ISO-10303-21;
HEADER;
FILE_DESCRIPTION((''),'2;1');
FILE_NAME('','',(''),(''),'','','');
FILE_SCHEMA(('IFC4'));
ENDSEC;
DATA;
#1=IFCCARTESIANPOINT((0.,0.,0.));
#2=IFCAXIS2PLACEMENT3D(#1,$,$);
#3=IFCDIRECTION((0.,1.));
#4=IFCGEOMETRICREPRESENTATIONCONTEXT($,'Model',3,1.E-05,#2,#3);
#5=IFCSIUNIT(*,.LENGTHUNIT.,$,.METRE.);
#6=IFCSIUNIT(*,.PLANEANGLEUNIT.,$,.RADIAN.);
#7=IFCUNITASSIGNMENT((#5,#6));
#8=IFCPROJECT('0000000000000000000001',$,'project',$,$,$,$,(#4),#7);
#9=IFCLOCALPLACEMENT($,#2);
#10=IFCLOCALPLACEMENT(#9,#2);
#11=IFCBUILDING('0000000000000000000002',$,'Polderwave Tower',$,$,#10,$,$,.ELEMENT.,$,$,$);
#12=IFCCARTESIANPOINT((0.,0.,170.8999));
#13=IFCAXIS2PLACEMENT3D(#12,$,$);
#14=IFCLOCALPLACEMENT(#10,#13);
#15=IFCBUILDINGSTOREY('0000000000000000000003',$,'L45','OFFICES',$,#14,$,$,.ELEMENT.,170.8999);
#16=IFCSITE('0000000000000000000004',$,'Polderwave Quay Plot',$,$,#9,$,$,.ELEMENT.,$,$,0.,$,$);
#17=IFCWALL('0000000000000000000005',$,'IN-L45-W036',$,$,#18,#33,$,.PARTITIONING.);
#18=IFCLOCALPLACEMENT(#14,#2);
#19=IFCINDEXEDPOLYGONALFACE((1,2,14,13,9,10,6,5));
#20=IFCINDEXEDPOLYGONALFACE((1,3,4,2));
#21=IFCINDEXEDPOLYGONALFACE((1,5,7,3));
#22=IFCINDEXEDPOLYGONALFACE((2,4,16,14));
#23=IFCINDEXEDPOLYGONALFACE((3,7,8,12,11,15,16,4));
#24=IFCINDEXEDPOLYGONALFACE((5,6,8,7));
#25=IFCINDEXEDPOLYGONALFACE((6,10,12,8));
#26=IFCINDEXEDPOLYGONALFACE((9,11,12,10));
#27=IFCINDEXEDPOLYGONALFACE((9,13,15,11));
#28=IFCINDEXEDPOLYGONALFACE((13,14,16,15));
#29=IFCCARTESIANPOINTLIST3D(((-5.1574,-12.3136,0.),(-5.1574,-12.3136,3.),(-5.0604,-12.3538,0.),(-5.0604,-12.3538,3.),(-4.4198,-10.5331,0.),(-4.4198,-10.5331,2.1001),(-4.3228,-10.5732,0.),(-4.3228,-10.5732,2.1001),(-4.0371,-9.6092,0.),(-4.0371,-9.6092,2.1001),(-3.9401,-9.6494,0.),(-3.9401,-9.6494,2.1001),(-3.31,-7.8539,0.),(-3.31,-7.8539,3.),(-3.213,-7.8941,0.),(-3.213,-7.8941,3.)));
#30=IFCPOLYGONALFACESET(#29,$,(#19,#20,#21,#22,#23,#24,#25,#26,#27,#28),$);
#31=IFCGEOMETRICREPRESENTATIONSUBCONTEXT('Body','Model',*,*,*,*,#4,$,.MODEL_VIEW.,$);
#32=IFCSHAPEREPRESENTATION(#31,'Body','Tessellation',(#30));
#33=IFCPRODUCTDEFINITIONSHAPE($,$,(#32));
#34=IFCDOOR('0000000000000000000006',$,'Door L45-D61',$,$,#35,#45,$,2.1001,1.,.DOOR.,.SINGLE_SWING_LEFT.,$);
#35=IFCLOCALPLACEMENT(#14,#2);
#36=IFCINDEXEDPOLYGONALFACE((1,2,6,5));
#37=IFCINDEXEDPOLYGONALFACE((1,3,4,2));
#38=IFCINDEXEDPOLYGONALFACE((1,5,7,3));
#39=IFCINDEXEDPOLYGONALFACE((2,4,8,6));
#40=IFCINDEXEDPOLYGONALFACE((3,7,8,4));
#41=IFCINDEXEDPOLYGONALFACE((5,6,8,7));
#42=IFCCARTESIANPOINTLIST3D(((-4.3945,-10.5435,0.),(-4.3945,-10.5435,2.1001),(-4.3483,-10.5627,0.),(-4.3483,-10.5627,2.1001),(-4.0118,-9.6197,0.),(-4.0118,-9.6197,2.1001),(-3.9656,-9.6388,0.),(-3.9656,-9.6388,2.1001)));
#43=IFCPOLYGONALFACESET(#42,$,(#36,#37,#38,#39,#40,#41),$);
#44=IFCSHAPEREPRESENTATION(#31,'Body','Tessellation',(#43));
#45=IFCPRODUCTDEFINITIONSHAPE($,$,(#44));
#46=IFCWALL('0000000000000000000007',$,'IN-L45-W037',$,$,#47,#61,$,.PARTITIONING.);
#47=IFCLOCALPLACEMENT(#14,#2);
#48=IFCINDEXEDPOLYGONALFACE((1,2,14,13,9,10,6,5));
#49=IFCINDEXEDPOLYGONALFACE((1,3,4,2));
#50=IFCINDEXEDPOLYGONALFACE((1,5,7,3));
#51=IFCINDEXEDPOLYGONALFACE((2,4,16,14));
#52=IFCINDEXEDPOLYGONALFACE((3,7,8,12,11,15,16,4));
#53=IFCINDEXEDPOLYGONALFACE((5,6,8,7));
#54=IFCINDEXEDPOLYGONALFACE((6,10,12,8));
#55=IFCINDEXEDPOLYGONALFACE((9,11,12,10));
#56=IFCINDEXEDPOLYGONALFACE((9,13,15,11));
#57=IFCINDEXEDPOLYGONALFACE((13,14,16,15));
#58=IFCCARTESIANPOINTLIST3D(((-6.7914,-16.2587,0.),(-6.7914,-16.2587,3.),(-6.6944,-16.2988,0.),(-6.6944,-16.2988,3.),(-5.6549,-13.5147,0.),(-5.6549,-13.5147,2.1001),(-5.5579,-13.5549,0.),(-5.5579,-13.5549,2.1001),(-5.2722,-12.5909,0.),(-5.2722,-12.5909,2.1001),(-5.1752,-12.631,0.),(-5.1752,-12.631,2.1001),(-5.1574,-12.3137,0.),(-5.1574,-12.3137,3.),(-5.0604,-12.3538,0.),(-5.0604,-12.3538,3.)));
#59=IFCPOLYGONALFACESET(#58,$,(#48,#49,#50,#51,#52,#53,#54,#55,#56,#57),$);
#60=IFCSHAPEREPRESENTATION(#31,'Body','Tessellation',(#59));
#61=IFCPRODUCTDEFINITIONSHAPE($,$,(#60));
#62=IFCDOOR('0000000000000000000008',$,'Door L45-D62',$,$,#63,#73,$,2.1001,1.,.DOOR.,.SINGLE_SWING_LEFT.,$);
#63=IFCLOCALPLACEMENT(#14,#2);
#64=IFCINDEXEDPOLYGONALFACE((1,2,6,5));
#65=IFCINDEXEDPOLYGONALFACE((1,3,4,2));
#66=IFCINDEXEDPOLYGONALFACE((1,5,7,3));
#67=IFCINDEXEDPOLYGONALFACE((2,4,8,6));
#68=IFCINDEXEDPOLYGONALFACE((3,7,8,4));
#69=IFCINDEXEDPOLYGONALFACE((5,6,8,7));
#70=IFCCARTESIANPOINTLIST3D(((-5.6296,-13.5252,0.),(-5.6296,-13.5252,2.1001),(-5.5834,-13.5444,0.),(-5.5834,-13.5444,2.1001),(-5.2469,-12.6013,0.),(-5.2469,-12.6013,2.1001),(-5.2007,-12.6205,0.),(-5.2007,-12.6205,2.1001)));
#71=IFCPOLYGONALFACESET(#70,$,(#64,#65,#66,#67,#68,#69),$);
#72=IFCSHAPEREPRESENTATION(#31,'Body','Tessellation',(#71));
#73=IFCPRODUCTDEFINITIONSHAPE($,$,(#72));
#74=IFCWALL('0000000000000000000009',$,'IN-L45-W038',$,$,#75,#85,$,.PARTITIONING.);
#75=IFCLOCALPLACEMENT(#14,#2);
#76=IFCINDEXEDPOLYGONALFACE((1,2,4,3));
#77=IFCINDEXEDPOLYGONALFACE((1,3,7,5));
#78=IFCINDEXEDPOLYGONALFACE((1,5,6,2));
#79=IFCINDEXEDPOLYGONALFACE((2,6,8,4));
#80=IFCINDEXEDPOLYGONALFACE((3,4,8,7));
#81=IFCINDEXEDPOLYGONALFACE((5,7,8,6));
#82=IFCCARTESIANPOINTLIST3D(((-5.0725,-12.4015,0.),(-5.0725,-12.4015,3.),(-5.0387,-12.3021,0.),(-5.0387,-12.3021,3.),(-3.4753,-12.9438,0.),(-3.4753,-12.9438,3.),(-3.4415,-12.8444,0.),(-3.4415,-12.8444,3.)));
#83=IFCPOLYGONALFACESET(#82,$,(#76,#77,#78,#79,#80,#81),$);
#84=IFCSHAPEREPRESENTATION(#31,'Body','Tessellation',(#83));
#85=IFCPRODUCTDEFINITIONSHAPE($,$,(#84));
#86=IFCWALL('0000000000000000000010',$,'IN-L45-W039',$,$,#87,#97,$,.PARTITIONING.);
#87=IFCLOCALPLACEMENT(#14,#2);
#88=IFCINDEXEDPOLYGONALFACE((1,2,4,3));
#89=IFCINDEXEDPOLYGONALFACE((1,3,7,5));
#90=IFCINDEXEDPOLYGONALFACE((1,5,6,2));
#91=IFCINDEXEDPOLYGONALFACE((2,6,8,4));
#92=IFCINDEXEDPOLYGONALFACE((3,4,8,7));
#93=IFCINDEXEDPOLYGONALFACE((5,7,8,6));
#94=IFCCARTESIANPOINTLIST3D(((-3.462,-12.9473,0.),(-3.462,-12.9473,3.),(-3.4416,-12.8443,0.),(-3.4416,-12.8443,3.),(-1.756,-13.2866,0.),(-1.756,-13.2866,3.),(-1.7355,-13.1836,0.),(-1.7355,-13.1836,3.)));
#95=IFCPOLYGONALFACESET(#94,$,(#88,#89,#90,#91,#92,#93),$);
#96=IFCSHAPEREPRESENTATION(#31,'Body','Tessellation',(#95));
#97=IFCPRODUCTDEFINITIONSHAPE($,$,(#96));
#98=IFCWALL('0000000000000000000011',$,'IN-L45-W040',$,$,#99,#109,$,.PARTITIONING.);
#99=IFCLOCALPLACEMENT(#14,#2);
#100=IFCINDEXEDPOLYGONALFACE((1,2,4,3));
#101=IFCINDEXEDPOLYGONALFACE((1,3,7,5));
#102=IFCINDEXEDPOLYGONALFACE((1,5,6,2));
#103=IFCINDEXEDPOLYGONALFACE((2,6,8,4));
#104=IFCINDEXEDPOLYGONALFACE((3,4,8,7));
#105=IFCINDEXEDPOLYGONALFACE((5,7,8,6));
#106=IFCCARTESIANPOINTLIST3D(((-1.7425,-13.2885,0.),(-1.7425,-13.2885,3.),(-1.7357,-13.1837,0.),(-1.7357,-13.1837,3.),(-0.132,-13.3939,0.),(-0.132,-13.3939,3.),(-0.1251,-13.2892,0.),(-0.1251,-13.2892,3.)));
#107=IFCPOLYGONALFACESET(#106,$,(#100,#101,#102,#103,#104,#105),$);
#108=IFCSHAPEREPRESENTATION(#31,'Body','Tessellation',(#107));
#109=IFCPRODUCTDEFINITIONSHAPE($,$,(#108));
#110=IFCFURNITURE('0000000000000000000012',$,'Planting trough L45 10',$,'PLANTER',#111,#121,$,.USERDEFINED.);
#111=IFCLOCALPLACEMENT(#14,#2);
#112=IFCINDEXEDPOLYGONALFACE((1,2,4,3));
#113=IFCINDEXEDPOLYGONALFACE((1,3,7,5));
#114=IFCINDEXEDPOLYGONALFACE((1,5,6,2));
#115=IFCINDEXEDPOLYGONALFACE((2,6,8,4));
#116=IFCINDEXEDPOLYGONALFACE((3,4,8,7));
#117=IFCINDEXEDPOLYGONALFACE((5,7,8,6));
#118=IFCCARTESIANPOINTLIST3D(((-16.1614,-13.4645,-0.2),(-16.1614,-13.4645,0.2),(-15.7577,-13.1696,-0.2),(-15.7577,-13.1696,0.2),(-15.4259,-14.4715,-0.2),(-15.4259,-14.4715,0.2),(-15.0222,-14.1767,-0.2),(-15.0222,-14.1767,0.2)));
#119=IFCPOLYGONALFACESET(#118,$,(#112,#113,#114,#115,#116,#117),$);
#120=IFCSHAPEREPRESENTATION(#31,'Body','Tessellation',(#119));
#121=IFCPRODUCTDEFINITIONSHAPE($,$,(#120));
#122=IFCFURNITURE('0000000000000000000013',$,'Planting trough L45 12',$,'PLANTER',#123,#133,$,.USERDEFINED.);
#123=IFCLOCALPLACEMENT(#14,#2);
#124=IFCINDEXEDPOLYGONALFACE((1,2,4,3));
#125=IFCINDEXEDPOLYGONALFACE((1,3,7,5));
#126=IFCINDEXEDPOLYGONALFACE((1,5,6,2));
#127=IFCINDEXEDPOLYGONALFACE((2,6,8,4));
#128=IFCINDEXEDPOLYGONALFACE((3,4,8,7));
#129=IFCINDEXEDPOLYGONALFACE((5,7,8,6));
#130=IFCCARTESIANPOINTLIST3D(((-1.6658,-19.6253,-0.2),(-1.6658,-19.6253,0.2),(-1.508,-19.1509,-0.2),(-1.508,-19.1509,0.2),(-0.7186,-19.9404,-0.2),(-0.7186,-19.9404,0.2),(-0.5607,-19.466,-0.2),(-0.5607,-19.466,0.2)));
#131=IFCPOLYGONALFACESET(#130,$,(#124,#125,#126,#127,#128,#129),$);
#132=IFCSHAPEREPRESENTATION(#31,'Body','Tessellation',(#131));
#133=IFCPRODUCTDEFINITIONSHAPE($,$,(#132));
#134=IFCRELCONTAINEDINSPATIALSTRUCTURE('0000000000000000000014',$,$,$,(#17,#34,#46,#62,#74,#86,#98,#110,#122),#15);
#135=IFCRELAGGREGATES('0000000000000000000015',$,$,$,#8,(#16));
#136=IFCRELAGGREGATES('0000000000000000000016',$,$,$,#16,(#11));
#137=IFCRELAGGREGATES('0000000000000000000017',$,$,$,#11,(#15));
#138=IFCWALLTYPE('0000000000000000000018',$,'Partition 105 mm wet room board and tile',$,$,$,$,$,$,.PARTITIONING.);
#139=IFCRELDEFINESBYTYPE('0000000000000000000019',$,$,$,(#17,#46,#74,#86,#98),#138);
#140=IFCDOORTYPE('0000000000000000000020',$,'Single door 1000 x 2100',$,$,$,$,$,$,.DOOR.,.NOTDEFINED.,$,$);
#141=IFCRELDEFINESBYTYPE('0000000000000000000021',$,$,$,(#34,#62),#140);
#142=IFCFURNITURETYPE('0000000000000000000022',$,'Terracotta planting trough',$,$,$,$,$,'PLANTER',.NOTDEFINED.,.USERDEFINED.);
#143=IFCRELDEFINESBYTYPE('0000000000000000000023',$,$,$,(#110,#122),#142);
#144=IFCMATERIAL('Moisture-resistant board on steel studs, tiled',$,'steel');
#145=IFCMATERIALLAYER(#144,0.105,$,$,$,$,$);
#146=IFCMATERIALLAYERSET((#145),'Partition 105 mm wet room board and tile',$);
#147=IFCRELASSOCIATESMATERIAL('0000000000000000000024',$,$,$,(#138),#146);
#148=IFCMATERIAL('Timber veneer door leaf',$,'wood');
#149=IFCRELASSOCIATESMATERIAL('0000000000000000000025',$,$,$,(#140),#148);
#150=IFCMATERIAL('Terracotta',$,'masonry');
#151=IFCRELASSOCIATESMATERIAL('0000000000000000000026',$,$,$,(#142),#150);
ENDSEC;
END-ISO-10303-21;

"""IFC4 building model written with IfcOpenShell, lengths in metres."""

from ifc_helpers import new_model, si_unit, direction, frame, frame_2d, origin, origin_2d, place, context, subcontext, project, spatial, rectangle, extrude, material, layer, layer_set, type_object, element, fill, save


model = new_model("IFC4")

# Units and contexts
model_context = context("Model", 3, precision=1e-05, world=origin(), true_north=direction((0.0, 1.0)))
body_context = subcontext(model_context, "Body", "Model", "MODEL_VIEW")
ifc_project = project(units=[si_unit("LENGTHUNIT", "METRE"), si_unit("PLANEANGLEUNIT", "RADIAN")], contexts=[model_context])

# Site, building, storey
site_placement = place(None, origin())
site = spatial("IfcSite", under=ifc_project, at=site_placement, Name="Polderwave Quay Plot", CompositionType="ELEMENT", RefElevation=0.0)
building_placement = place(site_placement, origin())
building = spatial("IfcBuilding", under=site, at=building_placement, Name="Polderwave Tower", CompositionType="ELEMENT")
storey_placement = place(building_placement, frame((0.0, 0.0, 170.8999)))
storey = spatial("IfcBuildingStorey", under=building, at=storey_placement, Name="L45", Description="OFFICES", CompositionType="ELEMENT", Elevation=170.8999)

# Walls, openings, doors
ifc_material_1 = material(Name="Moisture-resistant board on steel studs, tiled", Category="steel")
ifc_layer_1 = layer(ifc_material_1, 0.105)
ifc_layer_set_1 = layer_set([ifc_layer_1], Name="Partition 105 mm wet room board and tile")
wall_type_1 = type_object("IfcWallType", Name="Partition 105 mm wet room board and tile", PredefinedType="PARTITIONING", material=ifc_layer_set_1)
wall_1_placement = place(storey_placement, frame((-3.2615, -7.874, 0.0), z_axis=(0.0, 0.0, 1.0), x_axis=(-0.382708, -0.92387, 0.0)))
wall_1 = element("IfcWall", 1, at=wall_1_placement, inside=storey, type_object=wall_type_1, Name="IN-L45-W036", PredefinedType="PARTITIONING", context=body_context, shape_type="SweptSolid", body=[
    extrude(rectangle(XDim=4.8271, YDim=0.105, at=frame_2d((2.4136, 0.0))), origin(), (0.0, 0.0, 1.0), 3.0),
])
opening_1_placement = place(wall_1_placement, frame((1.8999, 0.0, 0.0)))
opening_1 = element("IfcOpeningElement", 2, at=opening_1_placement, cuts=wall_1, PredefinedType="OPENING", context=body_context, shape_type="SweptSolid", body=[
    extrude(rectangle(XDim=1.0, YDim=2.1001, at=frame_2d((0.5, 1.05))), frame((0.0, 0.0625, 0.0), z_axis=(0.0, -1.0, 0.0), x_axis=(1.0, 0.0, 0.0)), (0.0, 0.0, 1.0), 0.125),
])
ifc_material_2 = material(Name="Timber veneer door leaf", Category="wood")
door_type = type_object("IfcDoorType", Name="Single door 1000 x 2100", OperationType="NOTDEFINED", PredefinedType="DOOR", material=ifc_material_2)
door_1_placement = place(opening_1_placement, origin())
door_1 = element("IfcDoor", 3, at=door_1_placement, inside=storey, type_object=door_type, Name="Door L45-D61", OperationType="SINGLE_SWING_LEFT", OverallHeight=2.1001, OverallWidth=1.0, PredefinedType="DOOR", context=body_context, shape_type="SweptSolid", body=[
    extrude(rectangle(XDim=1.0, YDim=2.1001, at=frame_2d((0.5, 1.05))), frame((0.0, 0.0249, 0.0), z_axis=(0.0, -1.0, 0.0), x_axis=(1.0, 0.0, 0.0)), (0.0, 0.0, 1.0), 0.05),
])
fill(opening_1, door_1)
wall_2_placement = place(storey_placement, frame((-5.1089, -12.3337, 0.0), z_axis=(0.0, 0.0, 1.0), x_axis=(-0.38267, -0.923885, 0.0)))
wall_2 = element("IfcWall", 4, at=wall_2_placement, inside=storey, type_object=wall_type_1, Name="IN-L45-W037", PredefinedType="PARTITIONING", context=body_context, shape_type="SweptSolid", body=[
    extrude(rectangle(XDim=4.27, YDim=0.105, at=frame_2d((2.135, 0.0))), origin(), (0.0, 0.0, 1.0), 3.0),
])
opening_2_placement = place(wall_2_placement, frame((0.3, 0.0, 0.0)))
opening_2 = element("IfcOpeningElement", 5, at=opening_2_placement, cuts=wall_2, PredefinedType="OPENING", context=body_context, shape_type="SweptSolid", body=[
    extrude(rectangle(XDim=1.0, YDim=2.1001, at=frame_2d((0.5, 1.05))), frame((0.0, 0.0625, 0.0), z_axis=(0.0, -1.0, 0.0), x_axis=(1.0, 0.0, 0.0)), (0.0, 0.0, 1.0), 0.125),
])
door_2_placement = place(opening_2_placement, origin())
door_2 = element("IfcDoor", 6, at=door_2_placement, inside=storey, type_object=door_type, Name="Door L45-D62", OperationType="SINGLE_SWING_LEFT", OverallHeight=2.1001, OverallWidth=1.0, PredefinedType="DOOR", context=body_context, shape_type="SweptSolid", body=[
    extrude(rectangle(XDim=1.0, YDim=2.1001, at=frame_2d((0.5, 1.05))), frame((0.0, 0.0249, 0.0), z_axis=(0.0, -1.0, 0.0), x_axis=(1.0, 0.0, 0.0)), (0.0, 0.0, 1.0), 0.05),
])
fill(opening_2, door_2)

# Walls
wall_3_placement = place(storey_placement, frame((-3.4585, -12.894, 0.0), z_axis=(0.0, 0.0, 1.0), x_axis=(-0.946917, 0.321477, 0.0)))
element("IfcWall", 7, at=wall_3_placement, inside=storey, type_object=wall_type_1, Name="IN-L45-W038", PredefinedType="PARTITIONING", context=body_context, shape_type="SweptSolid", body=[
    extrude(rectangle(XDim=1.6868, YDim=0.105, at=frame_2d((0.8433, 0.0))), origin(), (0.0, 0.0, 1.0), 3.0),
])
wall_4_placement = place(storey_placement, frame((-1.7458, -13.2351, 0.0), z_axis=(0.0, 0.0, 1.0), x_axis=(-0.980785, 0.19509, 0.0)))
element("IfcWall", 8, at=wall_4_placement, inside=storey, type_object=wall_type_1, Name="IN-L45-W039", PredefinedType="PARTITIONING", context=body_context, shape_type="SweptSolid", body=[
    extrude(rectangle(XDim=1.7395, YDim=0.105, at=frame_2d((0.8696, 0.0))), origin(), (0.0, 0.0, 1.0), 3.0),
])
wall_5_placement = place(storey_placement, frame((-0.1284, -13.3416, 0.0), z_axis=(0.0, 0.0, 1.0), x_axis=(-0.997863, 0.065344, 0.0)))
element("IfcWall", 9, at=wall_5_placement, inside=storey, type_object=wall_type_1, Name="IN-L45-W040", PredefinedType="PARTITIONING", context=body_context, shape_type="SweptSolid", body=[
    extrude(rectangle(XDim=1.614, YDim=0.105, at=frame_2d((0.8071, 0.0))), origin(), (0.0, 0.0, 1.0), 3.0),
])

# Furniture
ifc_material_3 = material(Name="Terracotta", Category="masonry")
furniture_type = type_object("IfcFurnitureType", Name="Terracotta planting trough", ElementType="PLANTER", AssemblyPlace="NOTDEFINED", PredefinedType="USERDEFINED", material=ifc_material_3)
furniture_1_placement = place(storey_placement, frame((-15.5918, -13.8206, -0.2), z_axis=(0.0, 0.0, 1.0), x_axis=(0.58978, -0.807564, 0.0)))
element("IfcFurniture", 10, at=furniture_1_placement, inside=storey, type_object=furniture_type, Name="Planting trough L45 10", ObjectType="PLANTER", PredefinedType="USERDEFINED", context=body_context, shape_type="SweptSolid", body=[
    extrude(rectangle(XDim=1.2471, YDim=0.5, at=origin_2d()), origin(), (0.0, 0.0, 1.0), 0.3999),
])
furniture_2_placement = place(storey_placement, frame((-1.1133, -19.5457, -0.2), z_axis=(0.0, 0.0, 1.0), x_axis=(0.948889, -0.315611, 0.0)))
element("IfcFurniture", 11, at=furniture_2_placement, inside=storey, type_object=furniture_type, Name="Planting trough L45 12", ObjectType="PLANTER", PredefinedType="USERDEFINED", context=body_context, shape_type="SweptSolid", body=[
    extrude(rectangle(XDim=0.9983, YDim=0.5, at=origin_2d()), origin(), (0.0, 0.0, 1.0), 0.3999),
])

save(model, "model.ifc")
